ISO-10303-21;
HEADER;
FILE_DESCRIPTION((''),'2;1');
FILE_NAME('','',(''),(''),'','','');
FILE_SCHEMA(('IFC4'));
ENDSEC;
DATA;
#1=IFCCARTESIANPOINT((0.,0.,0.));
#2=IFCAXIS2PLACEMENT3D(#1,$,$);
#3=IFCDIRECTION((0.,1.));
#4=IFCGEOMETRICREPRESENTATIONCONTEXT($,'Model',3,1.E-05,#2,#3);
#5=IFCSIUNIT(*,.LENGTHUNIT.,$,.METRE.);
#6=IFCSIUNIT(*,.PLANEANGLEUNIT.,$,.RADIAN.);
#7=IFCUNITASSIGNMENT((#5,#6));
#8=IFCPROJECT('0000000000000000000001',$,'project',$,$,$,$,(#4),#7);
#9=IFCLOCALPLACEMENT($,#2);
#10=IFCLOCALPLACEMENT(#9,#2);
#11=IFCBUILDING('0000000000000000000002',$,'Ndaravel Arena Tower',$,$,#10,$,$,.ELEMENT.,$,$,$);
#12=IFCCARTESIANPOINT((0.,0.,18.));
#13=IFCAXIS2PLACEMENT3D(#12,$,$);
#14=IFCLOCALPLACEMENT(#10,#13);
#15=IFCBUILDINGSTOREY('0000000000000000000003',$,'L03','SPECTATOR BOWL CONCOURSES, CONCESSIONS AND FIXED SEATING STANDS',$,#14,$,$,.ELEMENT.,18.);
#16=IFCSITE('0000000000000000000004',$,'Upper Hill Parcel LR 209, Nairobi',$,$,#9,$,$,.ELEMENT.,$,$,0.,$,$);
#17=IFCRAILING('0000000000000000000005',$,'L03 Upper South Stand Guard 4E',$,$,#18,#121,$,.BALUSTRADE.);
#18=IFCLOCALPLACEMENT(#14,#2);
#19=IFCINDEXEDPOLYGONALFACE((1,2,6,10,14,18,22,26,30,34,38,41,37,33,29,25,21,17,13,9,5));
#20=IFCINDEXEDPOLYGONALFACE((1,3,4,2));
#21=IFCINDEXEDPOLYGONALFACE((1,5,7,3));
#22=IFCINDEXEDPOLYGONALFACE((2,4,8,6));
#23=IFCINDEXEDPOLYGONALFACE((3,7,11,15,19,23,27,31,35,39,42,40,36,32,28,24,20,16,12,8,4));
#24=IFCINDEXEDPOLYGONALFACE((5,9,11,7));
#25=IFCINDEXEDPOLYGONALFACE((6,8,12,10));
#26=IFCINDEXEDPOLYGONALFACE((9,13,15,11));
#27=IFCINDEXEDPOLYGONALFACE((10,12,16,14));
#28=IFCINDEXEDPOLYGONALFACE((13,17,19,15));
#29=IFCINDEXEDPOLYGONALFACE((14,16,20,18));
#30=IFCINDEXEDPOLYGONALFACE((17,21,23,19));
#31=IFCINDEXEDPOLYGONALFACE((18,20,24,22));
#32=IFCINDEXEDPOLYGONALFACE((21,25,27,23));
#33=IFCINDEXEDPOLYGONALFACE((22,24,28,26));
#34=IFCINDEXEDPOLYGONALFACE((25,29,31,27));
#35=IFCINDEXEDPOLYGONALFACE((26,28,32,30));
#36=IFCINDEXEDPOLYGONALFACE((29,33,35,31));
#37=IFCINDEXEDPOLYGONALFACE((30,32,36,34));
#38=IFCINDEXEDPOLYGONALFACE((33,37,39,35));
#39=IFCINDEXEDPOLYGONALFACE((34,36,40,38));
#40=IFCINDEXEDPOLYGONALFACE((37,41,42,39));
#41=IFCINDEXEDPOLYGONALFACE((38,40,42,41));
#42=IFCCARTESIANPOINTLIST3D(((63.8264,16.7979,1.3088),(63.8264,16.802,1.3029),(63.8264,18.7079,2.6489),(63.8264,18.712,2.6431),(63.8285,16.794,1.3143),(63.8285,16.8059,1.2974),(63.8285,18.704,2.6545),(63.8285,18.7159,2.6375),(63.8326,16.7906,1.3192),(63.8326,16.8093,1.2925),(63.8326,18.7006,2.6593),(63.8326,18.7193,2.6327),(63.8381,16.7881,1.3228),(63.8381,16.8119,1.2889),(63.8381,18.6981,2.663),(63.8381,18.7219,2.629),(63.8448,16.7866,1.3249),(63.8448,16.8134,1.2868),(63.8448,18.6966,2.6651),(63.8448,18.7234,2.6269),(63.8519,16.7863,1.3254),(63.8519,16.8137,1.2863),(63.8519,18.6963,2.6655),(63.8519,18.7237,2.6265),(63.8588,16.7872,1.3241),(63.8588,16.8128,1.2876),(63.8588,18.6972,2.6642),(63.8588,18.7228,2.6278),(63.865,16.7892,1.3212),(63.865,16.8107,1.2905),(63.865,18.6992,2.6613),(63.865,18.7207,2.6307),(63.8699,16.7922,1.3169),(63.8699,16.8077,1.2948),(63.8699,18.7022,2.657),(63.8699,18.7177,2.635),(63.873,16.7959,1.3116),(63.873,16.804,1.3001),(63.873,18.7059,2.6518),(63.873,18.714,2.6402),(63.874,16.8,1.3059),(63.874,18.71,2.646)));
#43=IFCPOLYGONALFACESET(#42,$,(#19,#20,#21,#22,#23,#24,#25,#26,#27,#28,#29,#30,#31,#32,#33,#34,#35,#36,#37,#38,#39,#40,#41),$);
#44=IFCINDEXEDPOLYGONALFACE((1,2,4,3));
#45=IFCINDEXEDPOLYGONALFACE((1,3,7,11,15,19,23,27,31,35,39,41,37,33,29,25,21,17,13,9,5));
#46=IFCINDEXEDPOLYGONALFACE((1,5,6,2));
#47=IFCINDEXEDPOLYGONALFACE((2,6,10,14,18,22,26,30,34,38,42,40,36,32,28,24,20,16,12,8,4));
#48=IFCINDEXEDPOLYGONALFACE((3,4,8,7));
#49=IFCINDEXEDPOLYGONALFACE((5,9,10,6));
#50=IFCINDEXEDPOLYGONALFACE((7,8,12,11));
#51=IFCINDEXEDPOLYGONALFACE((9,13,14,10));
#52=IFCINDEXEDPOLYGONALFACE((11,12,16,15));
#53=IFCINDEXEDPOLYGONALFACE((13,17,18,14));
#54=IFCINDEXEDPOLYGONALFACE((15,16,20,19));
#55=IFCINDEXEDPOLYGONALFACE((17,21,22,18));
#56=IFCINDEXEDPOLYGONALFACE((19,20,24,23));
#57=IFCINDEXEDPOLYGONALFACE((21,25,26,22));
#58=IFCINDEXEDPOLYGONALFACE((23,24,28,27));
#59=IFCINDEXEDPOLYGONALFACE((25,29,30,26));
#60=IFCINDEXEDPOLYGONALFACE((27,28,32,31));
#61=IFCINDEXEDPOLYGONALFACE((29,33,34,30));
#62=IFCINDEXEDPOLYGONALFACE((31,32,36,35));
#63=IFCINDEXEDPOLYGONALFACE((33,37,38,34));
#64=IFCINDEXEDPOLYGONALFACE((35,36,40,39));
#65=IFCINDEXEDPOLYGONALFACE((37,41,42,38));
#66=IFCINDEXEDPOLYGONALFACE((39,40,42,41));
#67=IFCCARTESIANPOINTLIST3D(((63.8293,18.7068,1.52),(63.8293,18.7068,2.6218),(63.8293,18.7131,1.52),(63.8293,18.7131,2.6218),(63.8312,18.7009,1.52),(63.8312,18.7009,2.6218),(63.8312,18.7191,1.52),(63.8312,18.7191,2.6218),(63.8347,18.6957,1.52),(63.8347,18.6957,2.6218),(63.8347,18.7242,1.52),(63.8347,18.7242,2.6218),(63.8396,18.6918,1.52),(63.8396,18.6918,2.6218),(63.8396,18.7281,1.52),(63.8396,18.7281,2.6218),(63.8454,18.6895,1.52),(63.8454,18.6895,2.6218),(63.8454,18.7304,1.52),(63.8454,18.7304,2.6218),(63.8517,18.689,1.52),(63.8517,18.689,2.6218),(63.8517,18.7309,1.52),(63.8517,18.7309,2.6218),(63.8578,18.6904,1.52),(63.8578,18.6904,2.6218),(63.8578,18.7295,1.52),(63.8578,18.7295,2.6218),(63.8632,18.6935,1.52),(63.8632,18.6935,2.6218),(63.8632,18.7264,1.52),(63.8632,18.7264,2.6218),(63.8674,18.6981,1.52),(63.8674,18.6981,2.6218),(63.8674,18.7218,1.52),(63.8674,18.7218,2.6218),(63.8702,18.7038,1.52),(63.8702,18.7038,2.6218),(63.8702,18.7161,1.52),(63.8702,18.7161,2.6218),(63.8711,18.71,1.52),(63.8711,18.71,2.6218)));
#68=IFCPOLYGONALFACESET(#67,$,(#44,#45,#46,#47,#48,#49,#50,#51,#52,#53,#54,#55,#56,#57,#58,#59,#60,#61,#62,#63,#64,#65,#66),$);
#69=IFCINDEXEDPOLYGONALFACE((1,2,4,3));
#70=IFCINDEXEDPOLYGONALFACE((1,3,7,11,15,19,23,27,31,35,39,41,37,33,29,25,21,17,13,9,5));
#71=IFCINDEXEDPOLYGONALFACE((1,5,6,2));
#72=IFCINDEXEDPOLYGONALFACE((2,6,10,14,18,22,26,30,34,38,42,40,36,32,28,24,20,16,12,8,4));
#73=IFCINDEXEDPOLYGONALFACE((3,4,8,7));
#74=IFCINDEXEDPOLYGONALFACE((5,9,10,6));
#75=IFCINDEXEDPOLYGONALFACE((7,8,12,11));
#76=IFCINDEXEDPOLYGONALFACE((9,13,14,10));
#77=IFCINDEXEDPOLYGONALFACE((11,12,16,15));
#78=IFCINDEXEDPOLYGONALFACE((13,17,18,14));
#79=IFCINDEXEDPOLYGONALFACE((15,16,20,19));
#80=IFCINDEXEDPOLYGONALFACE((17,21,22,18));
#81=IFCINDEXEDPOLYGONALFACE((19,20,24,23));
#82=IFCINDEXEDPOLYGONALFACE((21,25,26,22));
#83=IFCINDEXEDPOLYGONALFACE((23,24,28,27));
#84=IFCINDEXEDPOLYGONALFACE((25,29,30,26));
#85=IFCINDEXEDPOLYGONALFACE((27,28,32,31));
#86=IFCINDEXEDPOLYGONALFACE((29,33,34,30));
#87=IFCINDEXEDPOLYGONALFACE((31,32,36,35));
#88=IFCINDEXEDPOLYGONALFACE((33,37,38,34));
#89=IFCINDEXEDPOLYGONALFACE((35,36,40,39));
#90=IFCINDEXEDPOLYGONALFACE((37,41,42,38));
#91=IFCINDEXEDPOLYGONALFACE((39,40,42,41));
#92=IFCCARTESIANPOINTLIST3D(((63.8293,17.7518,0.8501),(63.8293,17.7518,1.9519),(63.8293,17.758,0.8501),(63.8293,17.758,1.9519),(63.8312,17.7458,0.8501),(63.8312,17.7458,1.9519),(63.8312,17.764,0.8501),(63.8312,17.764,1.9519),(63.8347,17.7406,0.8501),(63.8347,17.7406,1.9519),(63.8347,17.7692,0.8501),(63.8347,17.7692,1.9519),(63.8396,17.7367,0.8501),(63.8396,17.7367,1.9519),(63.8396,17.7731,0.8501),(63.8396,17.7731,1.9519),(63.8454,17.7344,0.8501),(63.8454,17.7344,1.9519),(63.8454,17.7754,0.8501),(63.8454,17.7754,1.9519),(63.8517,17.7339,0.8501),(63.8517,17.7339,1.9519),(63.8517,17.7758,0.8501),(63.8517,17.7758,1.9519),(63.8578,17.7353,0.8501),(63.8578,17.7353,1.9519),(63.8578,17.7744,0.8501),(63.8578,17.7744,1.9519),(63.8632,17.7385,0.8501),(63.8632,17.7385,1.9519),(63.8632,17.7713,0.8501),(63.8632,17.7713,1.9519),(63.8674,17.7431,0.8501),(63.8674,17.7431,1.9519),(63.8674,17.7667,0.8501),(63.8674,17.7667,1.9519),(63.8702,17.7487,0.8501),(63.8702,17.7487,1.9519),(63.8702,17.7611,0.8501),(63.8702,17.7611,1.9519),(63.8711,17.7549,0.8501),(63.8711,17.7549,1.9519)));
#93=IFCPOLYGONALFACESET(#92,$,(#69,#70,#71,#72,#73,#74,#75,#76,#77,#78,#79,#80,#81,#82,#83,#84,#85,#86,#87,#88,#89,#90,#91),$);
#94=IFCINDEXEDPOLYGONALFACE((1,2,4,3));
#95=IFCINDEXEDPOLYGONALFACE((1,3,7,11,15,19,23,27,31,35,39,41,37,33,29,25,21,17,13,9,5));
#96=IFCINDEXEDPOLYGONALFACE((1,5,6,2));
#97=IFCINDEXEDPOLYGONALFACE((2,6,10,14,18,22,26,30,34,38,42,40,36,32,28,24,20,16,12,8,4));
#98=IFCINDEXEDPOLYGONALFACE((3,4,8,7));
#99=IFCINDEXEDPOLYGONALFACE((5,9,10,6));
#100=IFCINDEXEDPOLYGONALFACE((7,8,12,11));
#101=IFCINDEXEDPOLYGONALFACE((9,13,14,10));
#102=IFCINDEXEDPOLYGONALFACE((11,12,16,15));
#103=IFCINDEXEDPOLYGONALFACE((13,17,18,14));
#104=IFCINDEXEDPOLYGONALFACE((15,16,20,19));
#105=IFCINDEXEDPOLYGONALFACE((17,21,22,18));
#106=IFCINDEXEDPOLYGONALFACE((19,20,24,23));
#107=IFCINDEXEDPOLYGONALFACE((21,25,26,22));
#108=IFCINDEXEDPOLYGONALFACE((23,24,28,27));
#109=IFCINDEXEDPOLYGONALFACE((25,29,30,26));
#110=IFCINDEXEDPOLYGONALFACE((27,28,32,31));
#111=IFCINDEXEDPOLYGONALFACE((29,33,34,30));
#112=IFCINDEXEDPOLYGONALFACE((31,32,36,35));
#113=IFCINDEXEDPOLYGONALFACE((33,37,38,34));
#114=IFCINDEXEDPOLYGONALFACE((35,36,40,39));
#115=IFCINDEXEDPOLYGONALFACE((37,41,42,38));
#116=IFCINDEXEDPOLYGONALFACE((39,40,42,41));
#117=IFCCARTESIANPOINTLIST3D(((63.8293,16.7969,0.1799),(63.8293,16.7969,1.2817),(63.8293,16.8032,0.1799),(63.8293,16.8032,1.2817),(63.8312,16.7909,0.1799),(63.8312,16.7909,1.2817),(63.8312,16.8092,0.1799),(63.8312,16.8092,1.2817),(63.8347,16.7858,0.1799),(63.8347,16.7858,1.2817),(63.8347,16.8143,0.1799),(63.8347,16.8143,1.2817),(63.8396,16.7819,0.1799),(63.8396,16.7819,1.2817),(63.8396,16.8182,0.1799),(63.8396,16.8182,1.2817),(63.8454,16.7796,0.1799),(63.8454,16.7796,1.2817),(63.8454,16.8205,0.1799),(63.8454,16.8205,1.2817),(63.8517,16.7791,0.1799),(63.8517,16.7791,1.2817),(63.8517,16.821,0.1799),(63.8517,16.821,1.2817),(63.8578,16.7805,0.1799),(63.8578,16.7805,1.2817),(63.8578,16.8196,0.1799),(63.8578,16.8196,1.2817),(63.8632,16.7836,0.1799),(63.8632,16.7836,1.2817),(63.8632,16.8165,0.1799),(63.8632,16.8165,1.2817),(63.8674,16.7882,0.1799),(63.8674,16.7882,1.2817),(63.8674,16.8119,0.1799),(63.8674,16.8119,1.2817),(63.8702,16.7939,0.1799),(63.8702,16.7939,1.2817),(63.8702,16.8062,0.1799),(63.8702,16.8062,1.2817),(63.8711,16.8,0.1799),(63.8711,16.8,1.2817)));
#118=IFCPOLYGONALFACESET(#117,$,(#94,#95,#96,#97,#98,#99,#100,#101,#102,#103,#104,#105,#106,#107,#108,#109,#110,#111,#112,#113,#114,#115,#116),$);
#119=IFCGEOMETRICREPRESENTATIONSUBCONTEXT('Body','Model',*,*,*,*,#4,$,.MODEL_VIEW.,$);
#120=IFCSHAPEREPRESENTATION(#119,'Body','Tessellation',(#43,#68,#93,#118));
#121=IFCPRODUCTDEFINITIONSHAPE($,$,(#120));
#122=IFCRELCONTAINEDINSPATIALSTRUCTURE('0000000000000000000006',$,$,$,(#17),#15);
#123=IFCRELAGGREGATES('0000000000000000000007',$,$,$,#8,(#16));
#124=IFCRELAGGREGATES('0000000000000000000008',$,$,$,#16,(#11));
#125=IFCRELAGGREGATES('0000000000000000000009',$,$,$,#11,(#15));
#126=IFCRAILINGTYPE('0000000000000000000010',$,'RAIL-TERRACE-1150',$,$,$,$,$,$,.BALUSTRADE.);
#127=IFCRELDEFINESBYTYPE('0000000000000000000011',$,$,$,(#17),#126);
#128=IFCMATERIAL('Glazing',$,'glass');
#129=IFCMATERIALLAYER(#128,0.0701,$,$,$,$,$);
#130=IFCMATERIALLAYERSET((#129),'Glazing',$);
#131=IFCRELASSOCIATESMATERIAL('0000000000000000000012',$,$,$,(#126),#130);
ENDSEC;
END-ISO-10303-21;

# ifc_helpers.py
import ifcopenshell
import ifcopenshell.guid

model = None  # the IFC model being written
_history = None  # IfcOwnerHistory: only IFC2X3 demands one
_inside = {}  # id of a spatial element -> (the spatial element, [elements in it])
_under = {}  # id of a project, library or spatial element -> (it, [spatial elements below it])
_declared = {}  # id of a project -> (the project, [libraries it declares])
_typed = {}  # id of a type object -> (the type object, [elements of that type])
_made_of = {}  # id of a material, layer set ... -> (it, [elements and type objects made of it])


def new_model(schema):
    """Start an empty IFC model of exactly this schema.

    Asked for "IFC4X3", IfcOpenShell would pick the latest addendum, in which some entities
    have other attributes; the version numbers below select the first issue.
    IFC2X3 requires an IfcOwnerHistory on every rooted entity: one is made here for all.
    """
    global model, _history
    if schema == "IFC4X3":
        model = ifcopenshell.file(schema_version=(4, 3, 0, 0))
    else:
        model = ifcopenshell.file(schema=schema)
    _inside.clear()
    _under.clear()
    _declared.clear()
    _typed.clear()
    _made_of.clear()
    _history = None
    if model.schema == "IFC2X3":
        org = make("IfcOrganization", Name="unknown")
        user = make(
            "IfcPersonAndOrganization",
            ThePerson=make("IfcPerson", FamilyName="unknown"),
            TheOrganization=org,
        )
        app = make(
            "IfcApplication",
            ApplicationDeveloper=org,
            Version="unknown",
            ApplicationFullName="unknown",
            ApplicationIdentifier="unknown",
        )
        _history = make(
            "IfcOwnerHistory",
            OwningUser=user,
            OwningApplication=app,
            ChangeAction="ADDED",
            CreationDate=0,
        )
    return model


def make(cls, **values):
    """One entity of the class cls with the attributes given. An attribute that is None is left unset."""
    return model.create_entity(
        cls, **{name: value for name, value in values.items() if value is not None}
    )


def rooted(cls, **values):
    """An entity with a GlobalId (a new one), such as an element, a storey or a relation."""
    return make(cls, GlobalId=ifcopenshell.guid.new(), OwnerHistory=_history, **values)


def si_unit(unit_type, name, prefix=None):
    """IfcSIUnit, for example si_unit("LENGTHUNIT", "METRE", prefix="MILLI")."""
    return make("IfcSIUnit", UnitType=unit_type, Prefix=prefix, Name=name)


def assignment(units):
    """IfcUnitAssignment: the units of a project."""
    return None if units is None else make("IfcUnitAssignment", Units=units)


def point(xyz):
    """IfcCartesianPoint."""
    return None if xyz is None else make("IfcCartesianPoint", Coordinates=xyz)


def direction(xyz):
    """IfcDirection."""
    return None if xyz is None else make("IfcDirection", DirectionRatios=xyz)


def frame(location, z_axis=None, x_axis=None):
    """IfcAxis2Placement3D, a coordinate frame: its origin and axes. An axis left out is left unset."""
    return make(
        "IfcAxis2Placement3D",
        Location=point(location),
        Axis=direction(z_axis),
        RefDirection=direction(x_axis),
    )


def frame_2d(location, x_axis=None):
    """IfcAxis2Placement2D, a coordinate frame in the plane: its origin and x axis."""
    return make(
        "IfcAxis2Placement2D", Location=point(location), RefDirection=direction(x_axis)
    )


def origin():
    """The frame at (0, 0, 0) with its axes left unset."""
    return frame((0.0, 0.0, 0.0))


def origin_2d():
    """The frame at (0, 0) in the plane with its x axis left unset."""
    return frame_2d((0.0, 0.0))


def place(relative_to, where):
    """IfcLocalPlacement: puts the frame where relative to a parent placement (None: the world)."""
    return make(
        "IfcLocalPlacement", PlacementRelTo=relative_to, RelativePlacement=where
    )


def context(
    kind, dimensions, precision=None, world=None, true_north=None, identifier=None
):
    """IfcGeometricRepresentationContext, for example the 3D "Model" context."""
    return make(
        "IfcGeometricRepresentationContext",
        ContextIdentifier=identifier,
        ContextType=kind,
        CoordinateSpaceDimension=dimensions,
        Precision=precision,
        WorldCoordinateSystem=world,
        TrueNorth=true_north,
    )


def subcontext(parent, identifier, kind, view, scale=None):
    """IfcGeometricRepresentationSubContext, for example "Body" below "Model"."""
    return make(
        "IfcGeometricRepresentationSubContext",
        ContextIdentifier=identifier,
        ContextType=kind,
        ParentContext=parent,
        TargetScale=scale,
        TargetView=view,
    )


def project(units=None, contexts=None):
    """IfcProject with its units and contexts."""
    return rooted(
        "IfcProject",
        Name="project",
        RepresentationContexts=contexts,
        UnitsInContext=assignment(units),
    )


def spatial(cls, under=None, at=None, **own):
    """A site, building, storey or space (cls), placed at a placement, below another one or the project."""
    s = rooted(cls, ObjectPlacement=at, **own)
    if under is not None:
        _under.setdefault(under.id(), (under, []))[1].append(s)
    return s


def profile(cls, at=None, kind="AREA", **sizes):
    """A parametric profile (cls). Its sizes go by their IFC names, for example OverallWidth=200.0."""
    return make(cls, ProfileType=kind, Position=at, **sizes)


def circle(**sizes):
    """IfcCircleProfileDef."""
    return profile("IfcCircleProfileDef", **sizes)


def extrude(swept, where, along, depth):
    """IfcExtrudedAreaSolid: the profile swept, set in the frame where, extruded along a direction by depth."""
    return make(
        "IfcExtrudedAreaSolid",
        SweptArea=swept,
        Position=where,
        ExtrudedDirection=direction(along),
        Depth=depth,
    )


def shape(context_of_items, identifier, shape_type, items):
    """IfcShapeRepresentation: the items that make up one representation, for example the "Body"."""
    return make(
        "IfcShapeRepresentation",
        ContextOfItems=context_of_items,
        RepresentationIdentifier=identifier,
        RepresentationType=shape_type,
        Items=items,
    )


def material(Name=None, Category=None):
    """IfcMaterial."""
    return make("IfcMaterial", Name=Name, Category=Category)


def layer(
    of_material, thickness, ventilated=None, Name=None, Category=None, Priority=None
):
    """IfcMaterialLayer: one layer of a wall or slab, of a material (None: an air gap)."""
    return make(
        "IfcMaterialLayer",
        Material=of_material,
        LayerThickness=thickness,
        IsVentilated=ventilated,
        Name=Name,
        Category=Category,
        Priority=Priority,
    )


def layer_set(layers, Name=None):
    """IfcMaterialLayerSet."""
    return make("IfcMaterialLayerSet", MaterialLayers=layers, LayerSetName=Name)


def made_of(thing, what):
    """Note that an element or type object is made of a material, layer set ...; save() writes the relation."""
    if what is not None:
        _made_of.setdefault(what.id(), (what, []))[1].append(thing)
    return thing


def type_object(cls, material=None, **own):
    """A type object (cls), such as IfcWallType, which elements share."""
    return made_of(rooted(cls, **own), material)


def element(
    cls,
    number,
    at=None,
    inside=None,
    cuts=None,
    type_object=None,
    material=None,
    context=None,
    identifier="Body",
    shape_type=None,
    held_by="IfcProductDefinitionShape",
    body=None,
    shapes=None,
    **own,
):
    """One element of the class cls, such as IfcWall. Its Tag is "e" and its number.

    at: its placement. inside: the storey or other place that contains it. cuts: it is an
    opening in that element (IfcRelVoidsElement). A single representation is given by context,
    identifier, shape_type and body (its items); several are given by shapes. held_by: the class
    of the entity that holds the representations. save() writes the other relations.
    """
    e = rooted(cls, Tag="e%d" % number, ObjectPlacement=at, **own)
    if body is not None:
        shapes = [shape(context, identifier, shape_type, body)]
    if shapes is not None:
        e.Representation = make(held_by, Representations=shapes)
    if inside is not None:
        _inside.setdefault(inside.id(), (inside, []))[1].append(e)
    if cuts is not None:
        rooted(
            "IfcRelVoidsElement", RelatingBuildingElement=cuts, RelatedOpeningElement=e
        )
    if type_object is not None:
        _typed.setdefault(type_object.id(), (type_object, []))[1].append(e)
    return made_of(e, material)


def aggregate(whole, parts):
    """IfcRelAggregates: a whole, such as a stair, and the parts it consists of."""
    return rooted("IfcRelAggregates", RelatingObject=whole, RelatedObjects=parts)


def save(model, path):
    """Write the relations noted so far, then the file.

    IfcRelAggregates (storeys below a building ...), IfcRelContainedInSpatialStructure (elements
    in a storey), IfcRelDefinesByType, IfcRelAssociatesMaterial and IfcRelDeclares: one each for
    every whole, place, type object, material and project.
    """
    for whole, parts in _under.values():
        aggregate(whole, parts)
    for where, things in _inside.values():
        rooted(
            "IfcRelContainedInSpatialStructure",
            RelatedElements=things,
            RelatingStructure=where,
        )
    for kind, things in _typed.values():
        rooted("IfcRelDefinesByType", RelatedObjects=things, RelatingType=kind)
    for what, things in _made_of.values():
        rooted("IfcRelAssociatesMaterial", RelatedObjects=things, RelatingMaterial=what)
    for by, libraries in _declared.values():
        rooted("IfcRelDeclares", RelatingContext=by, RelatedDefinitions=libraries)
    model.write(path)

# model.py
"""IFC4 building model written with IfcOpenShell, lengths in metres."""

from ifc_helpers import new_model, si_unit, direction, frame, origin, origin_2d, place, context, subcontext, project, spatial, circle, extrude, material, layer, layer_set, type_object, element, save


model = new_model("IFC4")

# Units and contexts
model_context = context("Model", 3, precision=1e-05, world=origin(), true_north=direction((0.0, 1.0)))
body_context = subcontext(model_context, "Body", "Model", "MODEL_VIEW")
ifc_project = project(units=[si_unit("LENGTHUNIT", "METRE"), si_unit("PLANEANGLEUNIT", "RADIAN")], contexts=[model_context])

# Site, building, storey
site_placement = place(None, origin())
site = spatial("IfcSite", under=ifc_project, at=site_placement, Name="Upper Hill Parcel LR 209, Nairobi", CompositionType="ELEMENT", RefElevation=0.0)
building_placement = place(site_placement, origin())
building = spatial("IfcBuilding", under=site, at=building_placement, Name="Ndaravel Arena Tower", CompositionType="ELEMENT")
storey_placement = place(building_placement, frame((0.0, 0.0, 18.0)))
storey = spatial("IfcBuildingStorey", under=building, at=storey_placement, Name="L03", Description="SPECTATOR BOWL CONCOURSES, CONCESSIONS AND FIXED SEATING STANDS", CompositionType="ELEMENT", Elevation=18.0)

# Railing
ifc_material_1 = material(Name="Glazing", Category="glass")
ifc_layer_1 = layer(ifc_material_1, 0.0701)
ifc_layer_set_1 = layer_set([ifc_layer_1], Name="Glazing")
railing_type = type_object("IfcRailingType", Name="RAIL-TERRACE-1150", PredefinedType="BALUSTRADE", material=ifc_layer_set_1)
railing_1_placement = place(storey_placement, frame((63.8501, 18.71, 1.52)))
element("IfcRailing", 1, at=railing_1_placement, inside=storey, type_object=railing_type, Name="L03 Upper South Stand Guard 4E", PredefinedType="BALUSTRADE", context=body_context, shape_type="SweptSolid", body=[
    extrude(circle(Radius=0.0239, at=origin_2d()), frame((0.0, 0.0, 1.126), z_axis=(0.0, -0.818597, -0.574368), x_axis=(1.0, 0.0, 0.0)), (0.0, 0.0, 1.0), 2.3333),
    extrude(circle(Radius=0.021, at=origin_2d()), origin(), (0.0, 0.0, 1.0), 1.1018),
    extrude(circle(Radius=0.021, at=origin_2d()), frame((0.0, -0.9551, -0.6699)), (0.0, 0.0, 1.0), 1.1018),
    extrude(circle(Radius=0.021, at=origin_2d()), frame((0.0, -1.9099, -1.3401)), (0.0, 0.0, 1.0), 1.1018),
])

save(model, "model.ifc")
